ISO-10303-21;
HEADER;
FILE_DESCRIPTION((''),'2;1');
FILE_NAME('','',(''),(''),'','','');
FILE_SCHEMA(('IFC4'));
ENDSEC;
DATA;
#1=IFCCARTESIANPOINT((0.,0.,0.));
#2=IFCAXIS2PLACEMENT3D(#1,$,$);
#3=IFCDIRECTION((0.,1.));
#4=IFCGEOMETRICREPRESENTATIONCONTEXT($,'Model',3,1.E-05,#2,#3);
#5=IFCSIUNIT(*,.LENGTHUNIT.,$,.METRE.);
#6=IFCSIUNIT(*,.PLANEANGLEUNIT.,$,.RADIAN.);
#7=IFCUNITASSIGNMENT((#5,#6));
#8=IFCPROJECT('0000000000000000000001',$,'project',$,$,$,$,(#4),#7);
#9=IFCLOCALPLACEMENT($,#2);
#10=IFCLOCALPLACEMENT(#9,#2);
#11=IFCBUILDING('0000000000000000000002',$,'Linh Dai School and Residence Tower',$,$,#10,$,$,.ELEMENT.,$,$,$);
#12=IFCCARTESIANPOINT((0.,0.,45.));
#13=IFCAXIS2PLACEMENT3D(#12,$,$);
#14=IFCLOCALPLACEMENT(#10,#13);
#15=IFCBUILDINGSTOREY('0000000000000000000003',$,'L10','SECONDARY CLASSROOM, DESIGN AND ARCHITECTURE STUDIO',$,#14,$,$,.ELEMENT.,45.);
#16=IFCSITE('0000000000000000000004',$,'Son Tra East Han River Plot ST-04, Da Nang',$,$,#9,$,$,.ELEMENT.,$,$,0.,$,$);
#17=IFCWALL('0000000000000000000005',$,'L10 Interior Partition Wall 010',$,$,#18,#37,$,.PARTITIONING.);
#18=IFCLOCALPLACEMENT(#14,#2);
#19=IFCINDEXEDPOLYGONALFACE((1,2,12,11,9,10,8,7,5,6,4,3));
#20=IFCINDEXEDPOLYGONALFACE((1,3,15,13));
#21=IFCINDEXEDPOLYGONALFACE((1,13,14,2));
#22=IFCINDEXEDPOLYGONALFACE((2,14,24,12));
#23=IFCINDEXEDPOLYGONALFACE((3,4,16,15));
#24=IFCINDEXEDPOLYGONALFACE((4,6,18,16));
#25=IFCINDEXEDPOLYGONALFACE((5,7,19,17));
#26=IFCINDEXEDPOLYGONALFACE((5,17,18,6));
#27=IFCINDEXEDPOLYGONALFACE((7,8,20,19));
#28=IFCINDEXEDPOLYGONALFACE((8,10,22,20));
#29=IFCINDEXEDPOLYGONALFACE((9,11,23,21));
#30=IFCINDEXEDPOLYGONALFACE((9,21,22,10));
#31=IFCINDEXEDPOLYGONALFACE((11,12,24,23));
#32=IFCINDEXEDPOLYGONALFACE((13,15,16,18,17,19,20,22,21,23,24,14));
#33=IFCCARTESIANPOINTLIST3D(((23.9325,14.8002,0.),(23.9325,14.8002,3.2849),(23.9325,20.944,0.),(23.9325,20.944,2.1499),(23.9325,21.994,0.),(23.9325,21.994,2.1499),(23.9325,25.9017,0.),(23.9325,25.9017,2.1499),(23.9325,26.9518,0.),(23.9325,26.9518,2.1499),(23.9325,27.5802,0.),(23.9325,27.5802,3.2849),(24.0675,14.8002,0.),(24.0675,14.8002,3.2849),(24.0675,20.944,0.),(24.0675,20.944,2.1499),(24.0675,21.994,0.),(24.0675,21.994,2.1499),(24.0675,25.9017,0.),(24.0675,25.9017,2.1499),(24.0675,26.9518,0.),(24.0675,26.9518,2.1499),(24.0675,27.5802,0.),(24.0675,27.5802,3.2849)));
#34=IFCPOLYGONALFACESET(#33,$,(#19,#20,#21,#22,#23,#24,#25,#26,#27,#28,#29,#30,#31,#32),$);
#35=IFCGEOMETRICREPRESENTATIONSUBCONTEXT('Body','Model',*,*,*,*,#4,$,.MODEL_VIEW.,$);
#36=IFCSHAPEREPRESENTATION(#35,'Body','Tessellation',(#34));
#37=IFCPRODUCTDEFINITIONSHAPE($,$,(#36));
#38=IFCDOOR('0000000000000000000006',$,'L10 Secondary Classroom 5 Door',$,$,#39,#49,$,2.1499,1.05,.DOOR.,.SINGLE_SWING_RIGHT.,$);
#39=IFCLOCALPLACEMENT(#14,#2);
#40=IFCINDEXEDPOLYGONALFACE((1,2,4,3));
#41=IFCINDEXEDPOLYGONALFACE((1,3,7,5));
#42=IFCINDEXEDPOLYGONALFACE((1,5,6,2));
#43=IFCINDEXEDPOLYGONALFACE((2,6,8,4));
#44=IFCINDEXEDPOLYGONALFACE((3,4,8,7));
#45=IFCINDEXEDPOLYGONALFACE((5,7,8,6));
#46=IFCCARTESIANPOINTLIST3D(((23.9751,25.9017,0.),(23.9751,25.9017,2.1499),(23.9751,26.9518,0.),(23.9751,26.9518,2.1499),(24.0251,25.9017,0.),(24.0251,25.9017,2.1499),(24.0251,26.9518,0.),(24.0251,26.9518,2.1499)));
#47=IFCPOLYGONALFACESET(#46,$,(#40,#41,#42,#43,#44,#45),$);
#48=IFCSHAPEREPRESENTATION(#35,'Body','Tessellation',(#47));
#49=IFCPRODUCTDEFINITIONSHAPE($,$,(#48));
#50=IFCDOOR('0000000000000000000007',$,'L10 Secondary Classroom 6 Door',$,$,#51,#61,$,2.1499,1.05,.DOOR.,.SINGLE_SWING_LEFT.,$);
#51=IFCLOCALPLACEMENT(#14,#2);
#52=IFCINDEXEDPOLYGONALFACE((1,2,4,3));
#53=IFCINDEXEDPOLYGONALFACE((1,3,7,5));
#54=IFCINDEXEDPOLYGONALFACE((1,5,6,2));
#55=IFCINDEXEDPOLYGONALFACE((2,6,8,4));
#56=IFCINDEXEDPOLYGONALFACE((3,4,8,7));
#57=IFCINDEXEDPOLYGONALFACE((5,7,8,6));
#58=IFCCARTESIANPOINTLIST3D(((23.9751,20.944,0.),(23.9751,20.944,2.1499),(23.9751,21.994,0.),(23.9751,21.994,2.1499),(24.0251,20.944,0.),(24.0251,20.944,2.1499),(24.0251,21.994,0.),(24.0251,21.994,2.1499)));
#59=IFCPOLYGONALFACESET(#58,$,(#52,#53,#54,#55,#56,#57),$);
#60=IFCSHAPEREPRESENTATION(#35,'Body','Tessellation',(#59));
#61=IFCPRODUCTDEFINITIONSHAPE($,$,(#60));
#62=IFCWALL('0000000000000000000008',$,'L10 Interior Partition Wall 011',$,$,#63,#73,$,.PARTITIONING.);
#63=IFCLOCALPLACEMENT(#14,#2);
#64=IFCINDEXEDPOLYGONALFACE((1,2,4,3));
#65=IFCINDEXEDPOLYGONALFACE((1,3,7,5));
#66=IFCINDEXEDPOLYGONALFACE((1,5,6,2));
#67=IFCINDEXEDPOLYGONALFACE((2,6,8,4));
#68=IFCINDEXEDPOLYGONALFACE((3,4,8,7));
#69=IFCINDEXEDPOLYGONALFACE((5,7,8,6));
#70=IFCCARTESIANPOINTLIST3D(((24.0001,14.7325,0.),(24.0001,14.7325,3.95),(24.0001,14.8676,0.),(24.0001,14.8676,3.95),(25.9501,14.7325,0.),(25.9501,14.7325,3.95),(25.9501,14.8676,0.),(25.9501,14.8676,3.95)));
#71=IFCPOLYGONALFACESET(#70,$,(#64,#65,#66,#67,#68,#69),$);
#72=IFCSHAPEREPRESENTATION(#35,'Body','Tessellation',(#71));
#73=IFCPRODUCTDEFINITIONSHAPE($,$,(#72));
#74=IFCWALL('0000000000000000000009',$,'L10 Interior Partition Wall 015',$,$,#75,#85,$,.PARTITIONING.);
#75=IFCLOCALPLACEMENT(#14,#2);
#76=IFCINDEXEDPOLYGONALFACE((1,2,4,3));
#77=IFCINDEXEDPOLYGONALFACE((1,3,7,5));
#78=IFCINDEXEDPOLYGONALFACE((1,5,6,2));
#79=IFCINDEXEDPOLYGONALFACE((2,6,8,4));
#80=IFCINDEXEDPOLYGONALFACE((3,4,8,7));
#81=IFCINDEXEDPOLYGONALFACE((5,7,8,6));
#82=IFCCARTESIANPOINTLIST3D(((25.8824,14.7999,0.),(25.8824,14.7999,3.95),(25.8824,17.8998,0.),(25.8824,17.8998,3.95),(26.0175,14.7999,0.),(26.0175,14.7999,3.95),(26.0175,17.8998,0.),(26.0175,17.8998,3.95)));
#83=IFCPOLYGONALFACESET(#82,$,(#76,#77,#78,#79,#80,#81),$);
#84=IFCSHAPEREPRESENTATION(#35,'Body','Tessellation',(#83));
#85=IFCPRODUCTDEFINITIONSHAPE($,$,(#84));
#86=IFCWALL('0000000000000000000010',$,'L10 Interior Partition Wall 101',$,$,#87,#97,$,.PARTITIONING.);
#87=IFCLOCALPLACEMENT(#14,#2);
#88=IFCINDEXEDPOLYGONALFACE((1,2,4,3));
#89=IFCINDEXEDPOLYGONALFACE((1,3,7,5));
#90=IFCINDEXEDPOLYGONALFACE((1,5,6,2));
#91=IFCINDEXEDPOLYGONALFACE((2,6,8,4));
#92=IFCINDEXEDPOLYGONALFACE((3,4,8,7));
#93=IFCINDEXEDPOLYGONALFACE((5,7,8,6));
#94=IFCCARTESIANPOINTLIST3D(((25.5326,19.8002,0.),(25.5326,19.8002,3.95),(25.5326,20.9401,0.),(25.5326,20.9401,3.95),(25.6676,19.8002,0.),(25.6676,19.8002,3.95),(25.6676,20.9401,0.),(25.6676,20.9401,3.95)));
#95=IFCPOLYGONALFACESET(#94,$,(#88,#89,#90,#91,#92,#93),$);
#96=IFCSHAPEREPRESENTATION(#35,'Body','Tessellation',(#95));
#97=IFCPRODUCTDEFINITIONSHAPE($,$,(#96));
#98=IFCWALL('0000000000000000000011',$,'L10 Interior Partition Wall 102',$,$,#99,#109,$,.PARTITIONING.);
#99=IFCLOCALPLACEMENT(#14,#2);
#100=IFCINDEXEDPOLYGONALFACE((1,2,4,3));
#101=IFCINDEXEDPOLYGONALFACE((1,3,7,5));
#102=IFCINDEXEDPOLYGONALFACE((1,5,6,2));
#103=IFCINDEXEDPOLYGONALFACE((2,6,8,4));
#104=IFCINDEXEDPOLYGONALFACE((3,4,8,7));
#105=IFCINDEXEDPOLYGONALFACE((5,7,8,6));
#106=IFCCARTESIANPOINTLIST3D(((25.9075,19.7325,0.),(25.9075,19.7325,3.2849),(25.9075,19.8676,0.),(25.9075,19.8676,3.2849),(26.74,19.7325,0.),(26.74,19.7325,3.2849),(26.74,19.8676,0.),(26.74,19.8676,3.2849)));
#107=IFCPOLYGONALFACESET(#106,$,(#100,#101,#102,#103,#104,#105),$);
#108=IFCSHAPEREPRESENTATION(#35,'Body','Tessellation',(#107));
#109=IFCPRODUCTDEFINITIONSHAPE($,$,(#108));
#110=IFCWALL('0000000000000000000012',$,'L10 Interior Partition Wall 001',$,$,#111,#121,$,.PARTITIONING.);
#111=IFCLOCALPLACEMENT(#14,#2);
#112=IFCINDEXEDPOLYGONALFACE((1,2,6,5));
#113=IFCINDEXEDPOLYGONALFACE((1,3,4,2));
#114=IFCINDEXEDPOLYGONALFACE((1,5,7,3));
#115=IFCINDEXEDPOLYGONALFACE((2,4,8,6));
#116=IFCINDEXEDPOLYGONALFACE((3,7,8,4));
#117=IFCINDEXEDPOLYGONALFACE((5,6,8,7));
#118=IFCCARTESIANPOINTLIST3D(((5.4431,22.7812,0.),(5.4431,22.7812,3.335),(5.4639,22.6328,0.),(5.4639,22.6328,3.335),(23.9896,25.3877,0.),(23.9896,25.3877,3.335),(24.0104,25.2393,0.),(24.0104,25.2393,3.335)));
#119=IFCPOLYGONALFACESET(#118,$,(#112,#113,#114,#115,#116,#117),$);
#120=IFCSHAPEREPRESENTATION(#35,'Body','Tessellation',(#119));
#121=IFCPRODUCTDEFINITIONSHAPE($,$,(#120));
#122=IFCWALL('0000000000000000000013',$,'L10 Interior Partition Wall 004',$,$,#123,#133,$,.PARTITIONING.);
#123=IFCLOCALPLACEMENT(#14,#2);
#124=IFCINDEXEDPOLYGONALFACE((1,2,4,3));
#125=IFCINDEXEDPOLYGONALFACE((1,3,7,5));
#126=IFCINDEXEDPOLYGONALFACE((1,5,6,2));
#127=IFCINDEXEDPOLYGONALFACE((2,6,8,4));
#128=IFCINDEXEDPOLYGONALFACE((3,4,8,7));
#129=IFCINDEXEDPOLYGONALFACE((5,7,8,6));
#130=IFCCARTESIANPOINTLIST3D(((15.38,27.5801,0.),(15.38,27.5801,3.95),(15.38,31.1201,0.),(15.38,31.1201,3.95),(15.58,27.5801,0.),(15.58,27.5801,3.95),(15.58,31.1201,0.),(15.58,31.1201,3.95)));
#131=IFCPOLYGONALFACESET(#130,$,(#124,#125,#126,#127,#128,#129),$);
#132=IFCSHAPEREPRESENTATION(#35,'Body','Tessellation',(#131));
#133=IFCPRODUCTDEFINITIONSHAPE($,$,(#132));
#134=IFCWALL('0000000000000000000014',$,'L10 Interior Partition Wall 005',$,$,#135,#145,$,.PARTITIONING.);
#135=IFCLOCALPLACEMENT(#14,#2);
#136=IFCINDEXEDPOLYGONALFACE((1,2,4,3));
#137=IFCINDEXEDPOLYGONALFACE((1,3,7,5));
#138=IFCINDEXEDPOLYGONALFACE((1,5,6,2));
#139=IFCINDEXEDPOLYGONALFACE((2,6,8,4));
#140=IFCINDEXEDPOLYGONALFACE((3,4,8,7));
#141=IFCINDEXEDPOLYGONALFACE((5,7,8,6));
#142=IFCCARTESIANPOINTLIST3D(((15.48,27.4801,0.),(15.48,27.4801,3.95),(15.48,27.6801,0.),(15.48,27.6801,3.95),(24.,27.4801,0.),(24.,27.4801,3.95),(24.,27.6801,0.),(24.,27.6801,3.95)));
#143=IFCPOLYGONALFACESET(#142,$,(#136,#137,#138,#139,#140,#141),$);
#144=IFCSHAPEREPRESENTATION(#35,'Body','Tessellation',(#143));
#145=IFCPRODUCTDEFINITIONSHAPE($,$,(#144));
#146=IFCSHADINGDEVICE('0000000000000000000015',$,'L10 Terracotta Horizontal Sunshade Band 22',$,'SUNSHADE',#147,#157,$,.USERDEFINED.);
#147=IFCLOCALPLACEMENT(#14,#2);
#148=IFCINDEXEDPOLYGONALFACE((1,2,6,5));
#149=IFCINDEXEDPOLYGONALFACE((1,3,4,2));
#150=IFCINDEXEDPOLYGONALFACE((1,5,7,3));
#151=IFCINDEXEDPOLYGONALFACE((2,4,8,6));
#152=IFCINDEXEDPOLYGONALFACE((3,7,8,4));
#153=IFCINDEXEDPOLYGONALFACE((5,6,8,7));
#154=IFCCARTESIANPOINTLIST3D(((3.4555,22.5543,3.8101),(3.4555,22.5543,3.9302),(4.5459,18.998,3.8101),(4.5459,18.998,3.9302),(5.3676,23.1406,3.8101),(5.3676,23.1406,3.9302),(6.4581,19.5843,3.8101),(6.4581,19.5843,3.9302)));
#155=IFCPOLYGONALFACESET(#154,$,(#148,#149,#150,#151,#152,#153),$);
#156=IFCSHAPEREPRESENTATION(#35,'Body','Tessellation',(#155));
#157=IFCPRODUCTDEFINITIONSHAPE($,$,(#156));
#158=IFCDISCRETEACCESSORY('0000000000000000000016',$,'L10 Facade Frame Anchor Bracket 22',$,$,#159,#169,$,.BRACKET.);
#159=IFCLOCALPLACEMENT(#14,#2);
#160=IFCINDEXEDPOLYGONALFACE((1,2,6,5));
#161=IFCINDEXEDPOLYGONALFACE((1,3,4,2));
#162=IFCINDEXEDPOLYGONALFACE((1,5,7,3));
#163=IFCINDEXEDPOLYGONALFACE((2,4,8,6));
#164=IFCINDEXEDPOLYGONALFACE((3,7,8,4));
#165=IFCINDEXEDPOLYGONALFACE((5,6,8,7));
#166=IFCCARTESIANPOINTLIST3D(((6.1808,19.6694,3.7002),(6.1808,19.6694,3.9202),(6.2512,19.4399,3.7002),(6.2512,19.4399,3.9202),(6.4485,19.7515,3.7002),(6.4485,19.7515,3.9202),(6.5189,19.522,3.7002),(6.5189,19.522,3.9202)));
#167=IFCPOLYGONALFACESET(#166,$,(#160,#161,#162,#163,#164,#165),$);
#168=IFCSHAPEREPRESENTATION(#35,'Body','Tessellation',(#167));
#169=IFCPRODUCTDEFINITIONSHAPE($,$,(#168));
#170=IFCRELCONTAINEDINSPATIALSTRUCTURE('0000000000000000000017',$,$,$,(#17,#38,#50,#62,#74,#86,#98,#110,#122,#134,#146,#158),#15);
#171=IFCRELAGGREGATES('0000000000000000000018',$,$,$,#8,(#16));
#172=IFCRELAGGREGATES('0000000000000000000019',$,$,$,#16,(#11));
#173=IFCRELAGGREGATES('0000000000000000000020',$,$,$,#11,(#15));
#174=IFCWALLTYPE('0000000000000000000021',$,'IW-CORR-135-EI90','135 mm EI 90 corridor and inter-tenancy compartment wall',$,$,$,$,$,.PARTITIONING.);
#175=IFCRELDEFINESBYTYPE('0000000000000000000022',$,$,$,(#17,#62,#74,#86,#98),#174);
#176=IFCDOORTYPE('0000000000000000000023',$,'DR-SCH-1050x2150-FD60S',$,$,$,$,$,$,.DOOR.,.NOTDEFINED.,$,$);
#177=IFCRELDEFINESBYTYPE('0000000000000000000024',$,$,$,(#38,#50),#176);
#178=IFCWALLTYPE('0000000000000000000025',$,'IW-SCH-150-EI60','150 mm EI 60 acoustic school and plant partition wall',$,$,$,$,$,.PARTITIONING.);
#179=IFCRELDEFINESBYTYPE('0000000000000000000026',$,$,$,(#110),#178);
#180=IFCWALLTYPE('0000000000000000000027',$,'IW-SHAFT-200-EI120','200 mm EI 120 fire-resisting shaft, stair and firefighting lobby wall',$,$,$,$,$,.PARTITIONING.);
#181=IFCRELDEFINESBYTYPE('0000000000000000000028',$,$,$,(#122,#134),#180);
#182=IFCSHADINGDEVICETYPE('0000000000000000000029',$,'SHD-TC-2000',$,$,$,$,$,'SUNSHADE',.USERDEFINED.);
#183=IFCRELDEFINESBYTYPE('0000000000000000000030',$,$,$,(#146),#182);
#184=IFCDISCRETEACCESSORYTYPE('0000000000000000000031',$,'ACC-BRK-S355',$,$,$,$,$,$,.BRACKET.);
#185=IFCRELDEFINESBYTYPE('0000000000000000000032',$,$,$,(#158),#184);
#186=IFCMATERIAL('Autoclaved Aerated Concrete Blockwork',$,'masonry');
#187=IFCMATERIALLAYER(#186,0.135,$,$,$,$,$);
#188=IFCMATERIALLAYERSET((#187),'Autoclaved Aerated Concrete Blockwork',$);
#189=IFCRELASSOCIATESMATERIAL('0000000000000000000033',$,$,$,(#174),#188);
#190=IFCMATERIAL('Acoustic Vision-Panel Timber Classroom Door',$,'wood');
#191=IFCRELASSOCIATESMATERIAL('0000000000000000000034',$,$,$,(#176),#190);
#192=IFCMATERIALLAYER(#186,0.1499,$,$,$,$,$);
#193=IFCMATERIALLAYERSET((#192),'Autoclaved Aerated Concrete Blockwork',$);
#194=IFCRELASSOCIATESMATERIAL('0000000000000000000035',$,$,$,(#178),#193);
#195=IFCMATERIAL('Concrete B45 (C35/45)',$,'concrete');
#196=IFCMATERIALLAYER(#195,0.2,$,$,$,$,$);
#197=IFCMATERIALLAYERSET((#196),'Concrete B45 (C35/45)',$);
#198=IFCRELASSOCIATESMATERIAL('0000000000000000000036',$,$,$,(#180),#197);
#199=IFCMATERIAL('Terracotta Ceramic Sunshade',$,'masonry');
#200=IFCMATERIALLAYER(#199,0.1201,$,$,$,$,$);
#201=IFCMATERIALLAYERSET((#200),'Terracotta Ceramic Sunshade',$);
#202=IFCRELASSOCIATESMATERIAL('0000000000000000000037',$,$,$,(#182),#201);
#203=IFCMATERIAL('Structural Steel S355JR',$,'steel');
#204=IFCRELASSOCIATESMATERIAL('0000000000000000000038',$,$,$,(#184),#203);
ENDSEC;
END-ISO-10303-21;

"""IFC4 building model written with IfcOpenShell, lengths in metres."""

from ifc_helpers import new_model, si_unit, direction, frame, frame_2d, origin, origin_2d, place, context, subcontext, project, spatial, rectangle, extrude, source, transform, mapped, material, layer, layer_set, type_object, element, fill, save


model = new_model("IFC4")

# Units and contexts
model_context = context("Model", 3, precision=1e-05, world=origin(), true_north=direction((0.0, 1.0)))
body_context = subcontext(model_context, "Body", "Model", "MODEL_VIEW")
ifc_project = project(units=[si_unit("LENGTHUNIT", "METRE"), si_unit("PLANEANGLEUNIT", "RADIAN")], contexts=[model_context])

# Site, building, storey
site_placement = place(None, origin())
site = spatial("IfcSite", under=ifc_project, at=site_placement, Name="Son Tra East Han River Plot ST-04, Da Nang", CompositionType="ELEMENT", RefElevation=0.0)
building_placement = place(site_placement, origin())
building = spatial("IfcBuilding", under=site, at=building_placement, Name="Linh Dai School and Residence Tower", CompositionType="ELEMENT")
storey_placement = place(building_placement, frame((0.0, 0.0, 45.0)))
storey = spatial("IfcBuildingStorey", under=building, at=storey_placement, Name="L10", Description="SECONDARY CLASSROOM, DESIGN AND ARCHITECTURE STUDIO", CompositionType="ELEMENT", Elevation=45.0)

# Shared definitions
ifc_material_1 = material(Name="Structural Steel S355JR", Category="steel")

# Wall, openings, doors
ifc_material_2 = material(Name="Autoclaved Aerated Concrete Blockwork", Category="masonry")
ifc_layer_1 = layer(ifc_material_2, 0.135)
ifc_layer_set_1 = layer_set([ifc_layer_1], Name="Autoclaved Aerated Concrete Blockwork")
wall_type_1 = type_object("IfcWallType", Name="IW-CORR-135-EI90", Description="135 mm EI 90 corridor and inter-tenancy compartment wall", PredefinedType="PARTITIONING", material=ifc_layer_set_1)
wall_1_placement = place(storey_placement, frame((24.0, 14.8, 0.0), z_axis=(0.0, 0.0, 1.0), x_axis=(0.0, 1.0, 0.0)))
wall_1 = element("IfcWall", 1, at=wall_1_placement, inside=storey, type_object=wall_type_1, Name="L10 Interior Partition Wall 010", PredefinedType="PARTITIONING", context=body_context, shape_type="SweptSolid", body=[
    extrude(rectangle(XDim=12.78, YDim=0.135, at=frame_2d((6.3901, 0.0))), origin(), (0.0, 0.0, 1.0), 3.2849),
])
opening_1_placement = place(wall_1_placement, frame((11.1018, 0.0, 0.0)))
opening_1 = element("IfcOpeningElement", 2, at=opening_1_placement, cuts=wall_1, PredefinedType="OPENING", context=body_context, shape_type="SweptSolid", body=[
    extrude(rectangle(XDim=1.05, YDim=2.1499, at=origin_2d()), frame((0.5249, 0.0776, 1.075), z_axis=(0.0, -1.0, 0.0), x_axis=(1.0, 0.0, 0.0)), (0.0, 0.0, 1.0), 0.155),
])
opening_2_placement = place(wall_1_placement, frame((6.144, 0.0, 0.0)))
opening_2 = element("IfcOpeningElement", 3, at=opening_2_placement, cuts=wall_1, PredefinedType="OPENING", context=body_context, shape_type="SweptSolid", body=[
    extrude(rectangle(XDim=1.05, YDim=2.1499, at=origin_2d()), frame((0.5249, 0.0776, 1.075), z_axis=(0.0, -1.0, 0.0), x_axis=(1.0, 0.0, 0.0)), (0.0, 0.0, 1.0), 0.155),
])
ifc_material_3 = material(Name="Acoustic Vision-Panel Timber Classroom Door", Category="wood")
door_type = type_object("IfcDoorType", Name="DR-SCH-1050x2150-FD60S", OperationType="NOTDEFINED", PredefinedType="DOOR", material=ifc_material_3)
shared_shape_1 = source(origin(), body_context, "Body", "SweptSolid", [
    extrude(rectangle(XDim=1.05, YDim=2.1499, at=origin_2d()), frame((0.5249, 0.0249, 1.075), z_axis=(0.0, -1.0, 0.0), x_axis=(1.0, 0.0, 0.0)), (0.0, 0.0, 1.0), 0.05),
])
door_1_placement = place(opening_1_placement, origin())
door_1 = element("IfcDoor", 4, at=door_1_placement, inside=storey, type_object=door_type, Name="L10 Secondary Classroom 5 Door", OperationType="SINGLE_SWING_RIGHT", OverallHeight=2.1499, OverallWidth=1.05, PredefinedType="DOOR", context=body_context, shape_type="MappedRepresentation", body=[
    mapped(shared_shape_1, transform((0.0, 0.0, 0.0), x_axis=(1.0, 0.0, 0.0), y_axis=(0.0, 1.0, 0.0), z_axis=(0.0, 0.0, 1.0), scale=1.0)),
])
fill(opening_1, door_1)
door_2_placement = place(opening_2_placement, origin())
door_2 = element("IfcDoor", 5, at=door_2_placement, inside=storey, type_object=door_type, Name="L10 Secondary Classroom 6 Door", OperationType="SINGLE_SWING_LEFT", OverallHeight=2.1499, OverallWidth=1.05, PredefinedType="DOOR", context=body_context, shape_type="MappedRepresentation", body=[
    mapped(shared_shape_1, transform((0.0, 0.0, 0.0), x_axis=(1.0, 0.0, 0.0), y_axis=(0.0, 1.0, 0.0), z_axis=(0.0, 0.0, 1.0), scale=1.0)),
])
fill(opening_2, door_2)

# Walls
wall_2_placement = place(storey_placement, frame((24.0, 14.8, 0.0), z_axis=(0.0, 0.0, 1.0), x_axis=(1.0, 0.0, 0.0)))
element("IfcWall", 6, at=wall_2_placement, inside=storey, type_object=wall_type_1, Name="L10 Interior Partition Wall 011", PredefinedType="PARTITIONING", context=body_context, shape_type="SweptSolid", body=[
    extrude(rectangle(XDim=1.95, YDim=0.135, at=frame_2d((0.9751, 0.0))), origin(), (0.0, 0.0, 1.0), 3.95),
])
wall_3_placement = place(storey_placement, frame((25.95, 14.8, 0.0), z_axis=(0.0, 0.0, 1.0), x_axis=(0.0, 1.0, 0.0)))
element("IfcWall", 7, at=wall_3_placement, inside=storey, type_object=wall_type_1, Name="L10 Interior Partition Wall 015", PredefinedType="PARTITIONING", context=body_context, shape_type="SweptSolid", body=[
    extrude(rectangle(XDim=3.0999, YDim=0.135, at=frame_2d((1.5498, 0.0))), origin(), (0.0, 0.0, 1.0), 3.95),
])
wall_4_placement = place(storey_placement, frame((25.6001, 20.9399, 0.0), z_axis=(0.0, 0.0, 1.0), x_axis=(0.0, -1.0, 0.0)))
element("IfcWall", 8, at=wall_4_placement, inside=storey, type_object=wall_type_1, Name="L10 Interior Partition Wall 101", PredefinedType="PARTITIONING", context=body_context, shape_type="SweptSolid", body=[
    extrude(rectangle(XDim=1.1399, YDim=0.135, at=frame_2d((0.5698, 0.0))), origin(), (0.0, 0.0, 1.0), 3.95),
])
wall_5_placement = place(storey_placement, frame((25.9075, 19.8, 0.0), z_axis=(0.0, 0.0, 1.0), x_axis=(1.0, 0.0, 0.0)))
element("IfcWall", 9, at=wall_5_placement, inside=storey, type_object=wall_type_1, Name="L10 Interior Partition Wall 102", PredefinedType="PARTITIONING", context=body_context, shape_type="SweptSolid", body=[
    extrude(rectangle(XDim=0.8325, YDim=0.135, at=frame_2d((0.4163, 0.0))), origin(), (0.0, 0.0, 1.0), 3.2849),
])
ifc_layer_2 = layer(ifc_material_2, 0.1499)
ifc_layer_set_2 = layer_set([ifc_layer_2], Name="Autoclaved Aerated Concrete Blockwork")
wall_type_2 = type_object("IfcWallType", Name="IW-SCH-150-EI60", Description="150 mm EI 60 acoustic school and plant partition wall", PredefinedType="PARTITIONING", material=ifc_layer_set_2)
wall_6_placement = place(storey_placement, frame((5.4536, 22.707, 0.0), z_axis=(0.0, 0.0, 1.0), x_axis=(0.990269, 0.139169, 0.0)))
element("IfcWall", 10, at=wall_6_placement, inside=storey, type_object=wall_type_2, Name="L10 Interior Partition Wall 001", PredefinedType="PARTITIONING", context=body_context, shape_type="SweptSolid", body=[
    extrude(rectangle(XDim=18.7288, YDim=0.1499, at=frame_2d((9.3643, 0.0))), origin(), (0.0, 0.0, 1.0), 3.335),
])
ifc_material_4 = material(Name="Concrete B45 (C35/45)", Category="concrete")
ifc_layer_3 = layer(ifc_material_4, 0.2)
ifc_layer_set_3 = layer_set([ifc_layer_3], Name="Concrete B45 (C35/45)")
wall_type_3 = type_object("IfcWallType", Name="IW-SHAFT-200-EI120", Description="200 mm EI 120 fire-resisting shaft, stair and firefighting lobby wall", PredefinedType="PARTITIONING", material=ifc_layer_set_3)
wall_7_placement = place(storey_placement, frame((15.48, 27.5801, 0.0), z_axis=(0.0, 0.0, 1.0), x_axis=(0.0, 1.0, 0.0)))
element("IfcWall", 11, at=wall_7_placement, inside=storey, type_object=wall_type_3, Name="L10 Interior Partition Wall 004", PredefinedType="PARTITIONING", context=body_context, shape_type="SweptSolid", body=[
    extrude(rectangle(XDim=3.54, YDim=0.2, at=frame_2d((1.77, 0.0))), origin(), (0.0, 0.0, 1.0), 3.95),
])
wall_8_placement = place(storey_placement, frame((15.48, 27.5801, 0.0), z_axis=(0.0, 0.0, 1.0), x_axis=(1.0, 0.0, 0.0)))
element("IfcWall", 12, at=wall_8_placement, inside=storey, type_object=wall_type_3, Name="L10 Interior Partition Wall 005", PredefinedType="PARTITIONING", context=body_context, shape_type="SweptSolid", body=[
    extrude(rectangle(XDim=8.52, YDim=0.2, at=frame_2d((4.26, 0.0))), origin(), (0.0, 0.0, 1.0), 3.95),
])

# Shading device
ifc_material_5 = material(Name="Terracotta Ceramic Sunshade", Category="masonry")
ifc_layer_4 = layer(ifc_material_5, 0.1201)
ifc_layer_set_4 = layer_set([ifc_layer_4], Name="Terracotta Ceramic Sunshade")
shading_device_type = type_object("IfcShadingDeviceType", Name="SHD-TC-2000", ElementType="SUNSHADE", PredefinedType="USERDEFINED", material=ifc_layer_set_4)
shared_shape_2 = source(origin(), body_context, "Body", "SweptSolid", [
    extrude(rectangle(XDim=3.7197, YDim=2.0, at=origin_2d()), origin(), (0.0, 0.0, 1.0), 0.1201),
])
shading_device_placement = place(storey_placement, frame((4.9568, 21.0693, 3.8101), z_axis=(0.0, 0.0, 1.0), x_axis=(-0.293146, 0.956068, 0.0)))
element("IfcShadingDevice", 13, at=shading_device_placement, inside=storey, type_object=shading_device_type, Name="L10 Terracotta Horizontal Sunshade Band 22", ObjectType="SUNSHADE", PredefinedType="USERDEFINED", context=body_context, shape_type="MappedRepresentation", body=[
    mapped(shared_shape_2, transform((0.0, 0.0, 0.0), x_axis=(1.0, 0.0, 0.0), y_axis=(0.0, 1.0, 0.0), z_axis=(0.0, 0.0, 1.0), scale=1.0)),
])

# Discrete accessory
discrete_accessory_type = type_object("IfcDiscreteAccessoryType", Name="ACC-BRK-S355", PredefinedType="BRACKET", material=ifc_material_1)
shared_shape_3 = source(origin(), body_context, "Body", "SweptSolid", [
    extrude(rectangle(XDim=0.28, YDim=0.24, at=origin_2d()), origin(), (0.0, 0.0, 1.0), 0.22),
])
discrete_accessory_placement = place(storey_placement, frame((6.3499, 19.5957, 3.7002), z_axis=(0.0, 0.0, 1.0), x_axis=(-0.956068, -0.293146, 0.0)))
element("IfcDiscreteAccessory", 14, at=discrete_accessory_placement, inside=storey, type_object=discrete_accessory_type, Name="L10 Facade Frame Anchor Bracket 22", PredefinedType="BRACKET", context=body_context, shape_type="MappedRepresentation", body=[
    mapped(shared_shape_3, transform((0.0, 0.0, 0.0), x_axis=(1.0, 0.0, 0.0), y_axis=(0.0, 1.0, 0.0), z_axis=(0.0, 0.0, 1.0), scale=1.0)),
])

save(model, "model.ifc")
